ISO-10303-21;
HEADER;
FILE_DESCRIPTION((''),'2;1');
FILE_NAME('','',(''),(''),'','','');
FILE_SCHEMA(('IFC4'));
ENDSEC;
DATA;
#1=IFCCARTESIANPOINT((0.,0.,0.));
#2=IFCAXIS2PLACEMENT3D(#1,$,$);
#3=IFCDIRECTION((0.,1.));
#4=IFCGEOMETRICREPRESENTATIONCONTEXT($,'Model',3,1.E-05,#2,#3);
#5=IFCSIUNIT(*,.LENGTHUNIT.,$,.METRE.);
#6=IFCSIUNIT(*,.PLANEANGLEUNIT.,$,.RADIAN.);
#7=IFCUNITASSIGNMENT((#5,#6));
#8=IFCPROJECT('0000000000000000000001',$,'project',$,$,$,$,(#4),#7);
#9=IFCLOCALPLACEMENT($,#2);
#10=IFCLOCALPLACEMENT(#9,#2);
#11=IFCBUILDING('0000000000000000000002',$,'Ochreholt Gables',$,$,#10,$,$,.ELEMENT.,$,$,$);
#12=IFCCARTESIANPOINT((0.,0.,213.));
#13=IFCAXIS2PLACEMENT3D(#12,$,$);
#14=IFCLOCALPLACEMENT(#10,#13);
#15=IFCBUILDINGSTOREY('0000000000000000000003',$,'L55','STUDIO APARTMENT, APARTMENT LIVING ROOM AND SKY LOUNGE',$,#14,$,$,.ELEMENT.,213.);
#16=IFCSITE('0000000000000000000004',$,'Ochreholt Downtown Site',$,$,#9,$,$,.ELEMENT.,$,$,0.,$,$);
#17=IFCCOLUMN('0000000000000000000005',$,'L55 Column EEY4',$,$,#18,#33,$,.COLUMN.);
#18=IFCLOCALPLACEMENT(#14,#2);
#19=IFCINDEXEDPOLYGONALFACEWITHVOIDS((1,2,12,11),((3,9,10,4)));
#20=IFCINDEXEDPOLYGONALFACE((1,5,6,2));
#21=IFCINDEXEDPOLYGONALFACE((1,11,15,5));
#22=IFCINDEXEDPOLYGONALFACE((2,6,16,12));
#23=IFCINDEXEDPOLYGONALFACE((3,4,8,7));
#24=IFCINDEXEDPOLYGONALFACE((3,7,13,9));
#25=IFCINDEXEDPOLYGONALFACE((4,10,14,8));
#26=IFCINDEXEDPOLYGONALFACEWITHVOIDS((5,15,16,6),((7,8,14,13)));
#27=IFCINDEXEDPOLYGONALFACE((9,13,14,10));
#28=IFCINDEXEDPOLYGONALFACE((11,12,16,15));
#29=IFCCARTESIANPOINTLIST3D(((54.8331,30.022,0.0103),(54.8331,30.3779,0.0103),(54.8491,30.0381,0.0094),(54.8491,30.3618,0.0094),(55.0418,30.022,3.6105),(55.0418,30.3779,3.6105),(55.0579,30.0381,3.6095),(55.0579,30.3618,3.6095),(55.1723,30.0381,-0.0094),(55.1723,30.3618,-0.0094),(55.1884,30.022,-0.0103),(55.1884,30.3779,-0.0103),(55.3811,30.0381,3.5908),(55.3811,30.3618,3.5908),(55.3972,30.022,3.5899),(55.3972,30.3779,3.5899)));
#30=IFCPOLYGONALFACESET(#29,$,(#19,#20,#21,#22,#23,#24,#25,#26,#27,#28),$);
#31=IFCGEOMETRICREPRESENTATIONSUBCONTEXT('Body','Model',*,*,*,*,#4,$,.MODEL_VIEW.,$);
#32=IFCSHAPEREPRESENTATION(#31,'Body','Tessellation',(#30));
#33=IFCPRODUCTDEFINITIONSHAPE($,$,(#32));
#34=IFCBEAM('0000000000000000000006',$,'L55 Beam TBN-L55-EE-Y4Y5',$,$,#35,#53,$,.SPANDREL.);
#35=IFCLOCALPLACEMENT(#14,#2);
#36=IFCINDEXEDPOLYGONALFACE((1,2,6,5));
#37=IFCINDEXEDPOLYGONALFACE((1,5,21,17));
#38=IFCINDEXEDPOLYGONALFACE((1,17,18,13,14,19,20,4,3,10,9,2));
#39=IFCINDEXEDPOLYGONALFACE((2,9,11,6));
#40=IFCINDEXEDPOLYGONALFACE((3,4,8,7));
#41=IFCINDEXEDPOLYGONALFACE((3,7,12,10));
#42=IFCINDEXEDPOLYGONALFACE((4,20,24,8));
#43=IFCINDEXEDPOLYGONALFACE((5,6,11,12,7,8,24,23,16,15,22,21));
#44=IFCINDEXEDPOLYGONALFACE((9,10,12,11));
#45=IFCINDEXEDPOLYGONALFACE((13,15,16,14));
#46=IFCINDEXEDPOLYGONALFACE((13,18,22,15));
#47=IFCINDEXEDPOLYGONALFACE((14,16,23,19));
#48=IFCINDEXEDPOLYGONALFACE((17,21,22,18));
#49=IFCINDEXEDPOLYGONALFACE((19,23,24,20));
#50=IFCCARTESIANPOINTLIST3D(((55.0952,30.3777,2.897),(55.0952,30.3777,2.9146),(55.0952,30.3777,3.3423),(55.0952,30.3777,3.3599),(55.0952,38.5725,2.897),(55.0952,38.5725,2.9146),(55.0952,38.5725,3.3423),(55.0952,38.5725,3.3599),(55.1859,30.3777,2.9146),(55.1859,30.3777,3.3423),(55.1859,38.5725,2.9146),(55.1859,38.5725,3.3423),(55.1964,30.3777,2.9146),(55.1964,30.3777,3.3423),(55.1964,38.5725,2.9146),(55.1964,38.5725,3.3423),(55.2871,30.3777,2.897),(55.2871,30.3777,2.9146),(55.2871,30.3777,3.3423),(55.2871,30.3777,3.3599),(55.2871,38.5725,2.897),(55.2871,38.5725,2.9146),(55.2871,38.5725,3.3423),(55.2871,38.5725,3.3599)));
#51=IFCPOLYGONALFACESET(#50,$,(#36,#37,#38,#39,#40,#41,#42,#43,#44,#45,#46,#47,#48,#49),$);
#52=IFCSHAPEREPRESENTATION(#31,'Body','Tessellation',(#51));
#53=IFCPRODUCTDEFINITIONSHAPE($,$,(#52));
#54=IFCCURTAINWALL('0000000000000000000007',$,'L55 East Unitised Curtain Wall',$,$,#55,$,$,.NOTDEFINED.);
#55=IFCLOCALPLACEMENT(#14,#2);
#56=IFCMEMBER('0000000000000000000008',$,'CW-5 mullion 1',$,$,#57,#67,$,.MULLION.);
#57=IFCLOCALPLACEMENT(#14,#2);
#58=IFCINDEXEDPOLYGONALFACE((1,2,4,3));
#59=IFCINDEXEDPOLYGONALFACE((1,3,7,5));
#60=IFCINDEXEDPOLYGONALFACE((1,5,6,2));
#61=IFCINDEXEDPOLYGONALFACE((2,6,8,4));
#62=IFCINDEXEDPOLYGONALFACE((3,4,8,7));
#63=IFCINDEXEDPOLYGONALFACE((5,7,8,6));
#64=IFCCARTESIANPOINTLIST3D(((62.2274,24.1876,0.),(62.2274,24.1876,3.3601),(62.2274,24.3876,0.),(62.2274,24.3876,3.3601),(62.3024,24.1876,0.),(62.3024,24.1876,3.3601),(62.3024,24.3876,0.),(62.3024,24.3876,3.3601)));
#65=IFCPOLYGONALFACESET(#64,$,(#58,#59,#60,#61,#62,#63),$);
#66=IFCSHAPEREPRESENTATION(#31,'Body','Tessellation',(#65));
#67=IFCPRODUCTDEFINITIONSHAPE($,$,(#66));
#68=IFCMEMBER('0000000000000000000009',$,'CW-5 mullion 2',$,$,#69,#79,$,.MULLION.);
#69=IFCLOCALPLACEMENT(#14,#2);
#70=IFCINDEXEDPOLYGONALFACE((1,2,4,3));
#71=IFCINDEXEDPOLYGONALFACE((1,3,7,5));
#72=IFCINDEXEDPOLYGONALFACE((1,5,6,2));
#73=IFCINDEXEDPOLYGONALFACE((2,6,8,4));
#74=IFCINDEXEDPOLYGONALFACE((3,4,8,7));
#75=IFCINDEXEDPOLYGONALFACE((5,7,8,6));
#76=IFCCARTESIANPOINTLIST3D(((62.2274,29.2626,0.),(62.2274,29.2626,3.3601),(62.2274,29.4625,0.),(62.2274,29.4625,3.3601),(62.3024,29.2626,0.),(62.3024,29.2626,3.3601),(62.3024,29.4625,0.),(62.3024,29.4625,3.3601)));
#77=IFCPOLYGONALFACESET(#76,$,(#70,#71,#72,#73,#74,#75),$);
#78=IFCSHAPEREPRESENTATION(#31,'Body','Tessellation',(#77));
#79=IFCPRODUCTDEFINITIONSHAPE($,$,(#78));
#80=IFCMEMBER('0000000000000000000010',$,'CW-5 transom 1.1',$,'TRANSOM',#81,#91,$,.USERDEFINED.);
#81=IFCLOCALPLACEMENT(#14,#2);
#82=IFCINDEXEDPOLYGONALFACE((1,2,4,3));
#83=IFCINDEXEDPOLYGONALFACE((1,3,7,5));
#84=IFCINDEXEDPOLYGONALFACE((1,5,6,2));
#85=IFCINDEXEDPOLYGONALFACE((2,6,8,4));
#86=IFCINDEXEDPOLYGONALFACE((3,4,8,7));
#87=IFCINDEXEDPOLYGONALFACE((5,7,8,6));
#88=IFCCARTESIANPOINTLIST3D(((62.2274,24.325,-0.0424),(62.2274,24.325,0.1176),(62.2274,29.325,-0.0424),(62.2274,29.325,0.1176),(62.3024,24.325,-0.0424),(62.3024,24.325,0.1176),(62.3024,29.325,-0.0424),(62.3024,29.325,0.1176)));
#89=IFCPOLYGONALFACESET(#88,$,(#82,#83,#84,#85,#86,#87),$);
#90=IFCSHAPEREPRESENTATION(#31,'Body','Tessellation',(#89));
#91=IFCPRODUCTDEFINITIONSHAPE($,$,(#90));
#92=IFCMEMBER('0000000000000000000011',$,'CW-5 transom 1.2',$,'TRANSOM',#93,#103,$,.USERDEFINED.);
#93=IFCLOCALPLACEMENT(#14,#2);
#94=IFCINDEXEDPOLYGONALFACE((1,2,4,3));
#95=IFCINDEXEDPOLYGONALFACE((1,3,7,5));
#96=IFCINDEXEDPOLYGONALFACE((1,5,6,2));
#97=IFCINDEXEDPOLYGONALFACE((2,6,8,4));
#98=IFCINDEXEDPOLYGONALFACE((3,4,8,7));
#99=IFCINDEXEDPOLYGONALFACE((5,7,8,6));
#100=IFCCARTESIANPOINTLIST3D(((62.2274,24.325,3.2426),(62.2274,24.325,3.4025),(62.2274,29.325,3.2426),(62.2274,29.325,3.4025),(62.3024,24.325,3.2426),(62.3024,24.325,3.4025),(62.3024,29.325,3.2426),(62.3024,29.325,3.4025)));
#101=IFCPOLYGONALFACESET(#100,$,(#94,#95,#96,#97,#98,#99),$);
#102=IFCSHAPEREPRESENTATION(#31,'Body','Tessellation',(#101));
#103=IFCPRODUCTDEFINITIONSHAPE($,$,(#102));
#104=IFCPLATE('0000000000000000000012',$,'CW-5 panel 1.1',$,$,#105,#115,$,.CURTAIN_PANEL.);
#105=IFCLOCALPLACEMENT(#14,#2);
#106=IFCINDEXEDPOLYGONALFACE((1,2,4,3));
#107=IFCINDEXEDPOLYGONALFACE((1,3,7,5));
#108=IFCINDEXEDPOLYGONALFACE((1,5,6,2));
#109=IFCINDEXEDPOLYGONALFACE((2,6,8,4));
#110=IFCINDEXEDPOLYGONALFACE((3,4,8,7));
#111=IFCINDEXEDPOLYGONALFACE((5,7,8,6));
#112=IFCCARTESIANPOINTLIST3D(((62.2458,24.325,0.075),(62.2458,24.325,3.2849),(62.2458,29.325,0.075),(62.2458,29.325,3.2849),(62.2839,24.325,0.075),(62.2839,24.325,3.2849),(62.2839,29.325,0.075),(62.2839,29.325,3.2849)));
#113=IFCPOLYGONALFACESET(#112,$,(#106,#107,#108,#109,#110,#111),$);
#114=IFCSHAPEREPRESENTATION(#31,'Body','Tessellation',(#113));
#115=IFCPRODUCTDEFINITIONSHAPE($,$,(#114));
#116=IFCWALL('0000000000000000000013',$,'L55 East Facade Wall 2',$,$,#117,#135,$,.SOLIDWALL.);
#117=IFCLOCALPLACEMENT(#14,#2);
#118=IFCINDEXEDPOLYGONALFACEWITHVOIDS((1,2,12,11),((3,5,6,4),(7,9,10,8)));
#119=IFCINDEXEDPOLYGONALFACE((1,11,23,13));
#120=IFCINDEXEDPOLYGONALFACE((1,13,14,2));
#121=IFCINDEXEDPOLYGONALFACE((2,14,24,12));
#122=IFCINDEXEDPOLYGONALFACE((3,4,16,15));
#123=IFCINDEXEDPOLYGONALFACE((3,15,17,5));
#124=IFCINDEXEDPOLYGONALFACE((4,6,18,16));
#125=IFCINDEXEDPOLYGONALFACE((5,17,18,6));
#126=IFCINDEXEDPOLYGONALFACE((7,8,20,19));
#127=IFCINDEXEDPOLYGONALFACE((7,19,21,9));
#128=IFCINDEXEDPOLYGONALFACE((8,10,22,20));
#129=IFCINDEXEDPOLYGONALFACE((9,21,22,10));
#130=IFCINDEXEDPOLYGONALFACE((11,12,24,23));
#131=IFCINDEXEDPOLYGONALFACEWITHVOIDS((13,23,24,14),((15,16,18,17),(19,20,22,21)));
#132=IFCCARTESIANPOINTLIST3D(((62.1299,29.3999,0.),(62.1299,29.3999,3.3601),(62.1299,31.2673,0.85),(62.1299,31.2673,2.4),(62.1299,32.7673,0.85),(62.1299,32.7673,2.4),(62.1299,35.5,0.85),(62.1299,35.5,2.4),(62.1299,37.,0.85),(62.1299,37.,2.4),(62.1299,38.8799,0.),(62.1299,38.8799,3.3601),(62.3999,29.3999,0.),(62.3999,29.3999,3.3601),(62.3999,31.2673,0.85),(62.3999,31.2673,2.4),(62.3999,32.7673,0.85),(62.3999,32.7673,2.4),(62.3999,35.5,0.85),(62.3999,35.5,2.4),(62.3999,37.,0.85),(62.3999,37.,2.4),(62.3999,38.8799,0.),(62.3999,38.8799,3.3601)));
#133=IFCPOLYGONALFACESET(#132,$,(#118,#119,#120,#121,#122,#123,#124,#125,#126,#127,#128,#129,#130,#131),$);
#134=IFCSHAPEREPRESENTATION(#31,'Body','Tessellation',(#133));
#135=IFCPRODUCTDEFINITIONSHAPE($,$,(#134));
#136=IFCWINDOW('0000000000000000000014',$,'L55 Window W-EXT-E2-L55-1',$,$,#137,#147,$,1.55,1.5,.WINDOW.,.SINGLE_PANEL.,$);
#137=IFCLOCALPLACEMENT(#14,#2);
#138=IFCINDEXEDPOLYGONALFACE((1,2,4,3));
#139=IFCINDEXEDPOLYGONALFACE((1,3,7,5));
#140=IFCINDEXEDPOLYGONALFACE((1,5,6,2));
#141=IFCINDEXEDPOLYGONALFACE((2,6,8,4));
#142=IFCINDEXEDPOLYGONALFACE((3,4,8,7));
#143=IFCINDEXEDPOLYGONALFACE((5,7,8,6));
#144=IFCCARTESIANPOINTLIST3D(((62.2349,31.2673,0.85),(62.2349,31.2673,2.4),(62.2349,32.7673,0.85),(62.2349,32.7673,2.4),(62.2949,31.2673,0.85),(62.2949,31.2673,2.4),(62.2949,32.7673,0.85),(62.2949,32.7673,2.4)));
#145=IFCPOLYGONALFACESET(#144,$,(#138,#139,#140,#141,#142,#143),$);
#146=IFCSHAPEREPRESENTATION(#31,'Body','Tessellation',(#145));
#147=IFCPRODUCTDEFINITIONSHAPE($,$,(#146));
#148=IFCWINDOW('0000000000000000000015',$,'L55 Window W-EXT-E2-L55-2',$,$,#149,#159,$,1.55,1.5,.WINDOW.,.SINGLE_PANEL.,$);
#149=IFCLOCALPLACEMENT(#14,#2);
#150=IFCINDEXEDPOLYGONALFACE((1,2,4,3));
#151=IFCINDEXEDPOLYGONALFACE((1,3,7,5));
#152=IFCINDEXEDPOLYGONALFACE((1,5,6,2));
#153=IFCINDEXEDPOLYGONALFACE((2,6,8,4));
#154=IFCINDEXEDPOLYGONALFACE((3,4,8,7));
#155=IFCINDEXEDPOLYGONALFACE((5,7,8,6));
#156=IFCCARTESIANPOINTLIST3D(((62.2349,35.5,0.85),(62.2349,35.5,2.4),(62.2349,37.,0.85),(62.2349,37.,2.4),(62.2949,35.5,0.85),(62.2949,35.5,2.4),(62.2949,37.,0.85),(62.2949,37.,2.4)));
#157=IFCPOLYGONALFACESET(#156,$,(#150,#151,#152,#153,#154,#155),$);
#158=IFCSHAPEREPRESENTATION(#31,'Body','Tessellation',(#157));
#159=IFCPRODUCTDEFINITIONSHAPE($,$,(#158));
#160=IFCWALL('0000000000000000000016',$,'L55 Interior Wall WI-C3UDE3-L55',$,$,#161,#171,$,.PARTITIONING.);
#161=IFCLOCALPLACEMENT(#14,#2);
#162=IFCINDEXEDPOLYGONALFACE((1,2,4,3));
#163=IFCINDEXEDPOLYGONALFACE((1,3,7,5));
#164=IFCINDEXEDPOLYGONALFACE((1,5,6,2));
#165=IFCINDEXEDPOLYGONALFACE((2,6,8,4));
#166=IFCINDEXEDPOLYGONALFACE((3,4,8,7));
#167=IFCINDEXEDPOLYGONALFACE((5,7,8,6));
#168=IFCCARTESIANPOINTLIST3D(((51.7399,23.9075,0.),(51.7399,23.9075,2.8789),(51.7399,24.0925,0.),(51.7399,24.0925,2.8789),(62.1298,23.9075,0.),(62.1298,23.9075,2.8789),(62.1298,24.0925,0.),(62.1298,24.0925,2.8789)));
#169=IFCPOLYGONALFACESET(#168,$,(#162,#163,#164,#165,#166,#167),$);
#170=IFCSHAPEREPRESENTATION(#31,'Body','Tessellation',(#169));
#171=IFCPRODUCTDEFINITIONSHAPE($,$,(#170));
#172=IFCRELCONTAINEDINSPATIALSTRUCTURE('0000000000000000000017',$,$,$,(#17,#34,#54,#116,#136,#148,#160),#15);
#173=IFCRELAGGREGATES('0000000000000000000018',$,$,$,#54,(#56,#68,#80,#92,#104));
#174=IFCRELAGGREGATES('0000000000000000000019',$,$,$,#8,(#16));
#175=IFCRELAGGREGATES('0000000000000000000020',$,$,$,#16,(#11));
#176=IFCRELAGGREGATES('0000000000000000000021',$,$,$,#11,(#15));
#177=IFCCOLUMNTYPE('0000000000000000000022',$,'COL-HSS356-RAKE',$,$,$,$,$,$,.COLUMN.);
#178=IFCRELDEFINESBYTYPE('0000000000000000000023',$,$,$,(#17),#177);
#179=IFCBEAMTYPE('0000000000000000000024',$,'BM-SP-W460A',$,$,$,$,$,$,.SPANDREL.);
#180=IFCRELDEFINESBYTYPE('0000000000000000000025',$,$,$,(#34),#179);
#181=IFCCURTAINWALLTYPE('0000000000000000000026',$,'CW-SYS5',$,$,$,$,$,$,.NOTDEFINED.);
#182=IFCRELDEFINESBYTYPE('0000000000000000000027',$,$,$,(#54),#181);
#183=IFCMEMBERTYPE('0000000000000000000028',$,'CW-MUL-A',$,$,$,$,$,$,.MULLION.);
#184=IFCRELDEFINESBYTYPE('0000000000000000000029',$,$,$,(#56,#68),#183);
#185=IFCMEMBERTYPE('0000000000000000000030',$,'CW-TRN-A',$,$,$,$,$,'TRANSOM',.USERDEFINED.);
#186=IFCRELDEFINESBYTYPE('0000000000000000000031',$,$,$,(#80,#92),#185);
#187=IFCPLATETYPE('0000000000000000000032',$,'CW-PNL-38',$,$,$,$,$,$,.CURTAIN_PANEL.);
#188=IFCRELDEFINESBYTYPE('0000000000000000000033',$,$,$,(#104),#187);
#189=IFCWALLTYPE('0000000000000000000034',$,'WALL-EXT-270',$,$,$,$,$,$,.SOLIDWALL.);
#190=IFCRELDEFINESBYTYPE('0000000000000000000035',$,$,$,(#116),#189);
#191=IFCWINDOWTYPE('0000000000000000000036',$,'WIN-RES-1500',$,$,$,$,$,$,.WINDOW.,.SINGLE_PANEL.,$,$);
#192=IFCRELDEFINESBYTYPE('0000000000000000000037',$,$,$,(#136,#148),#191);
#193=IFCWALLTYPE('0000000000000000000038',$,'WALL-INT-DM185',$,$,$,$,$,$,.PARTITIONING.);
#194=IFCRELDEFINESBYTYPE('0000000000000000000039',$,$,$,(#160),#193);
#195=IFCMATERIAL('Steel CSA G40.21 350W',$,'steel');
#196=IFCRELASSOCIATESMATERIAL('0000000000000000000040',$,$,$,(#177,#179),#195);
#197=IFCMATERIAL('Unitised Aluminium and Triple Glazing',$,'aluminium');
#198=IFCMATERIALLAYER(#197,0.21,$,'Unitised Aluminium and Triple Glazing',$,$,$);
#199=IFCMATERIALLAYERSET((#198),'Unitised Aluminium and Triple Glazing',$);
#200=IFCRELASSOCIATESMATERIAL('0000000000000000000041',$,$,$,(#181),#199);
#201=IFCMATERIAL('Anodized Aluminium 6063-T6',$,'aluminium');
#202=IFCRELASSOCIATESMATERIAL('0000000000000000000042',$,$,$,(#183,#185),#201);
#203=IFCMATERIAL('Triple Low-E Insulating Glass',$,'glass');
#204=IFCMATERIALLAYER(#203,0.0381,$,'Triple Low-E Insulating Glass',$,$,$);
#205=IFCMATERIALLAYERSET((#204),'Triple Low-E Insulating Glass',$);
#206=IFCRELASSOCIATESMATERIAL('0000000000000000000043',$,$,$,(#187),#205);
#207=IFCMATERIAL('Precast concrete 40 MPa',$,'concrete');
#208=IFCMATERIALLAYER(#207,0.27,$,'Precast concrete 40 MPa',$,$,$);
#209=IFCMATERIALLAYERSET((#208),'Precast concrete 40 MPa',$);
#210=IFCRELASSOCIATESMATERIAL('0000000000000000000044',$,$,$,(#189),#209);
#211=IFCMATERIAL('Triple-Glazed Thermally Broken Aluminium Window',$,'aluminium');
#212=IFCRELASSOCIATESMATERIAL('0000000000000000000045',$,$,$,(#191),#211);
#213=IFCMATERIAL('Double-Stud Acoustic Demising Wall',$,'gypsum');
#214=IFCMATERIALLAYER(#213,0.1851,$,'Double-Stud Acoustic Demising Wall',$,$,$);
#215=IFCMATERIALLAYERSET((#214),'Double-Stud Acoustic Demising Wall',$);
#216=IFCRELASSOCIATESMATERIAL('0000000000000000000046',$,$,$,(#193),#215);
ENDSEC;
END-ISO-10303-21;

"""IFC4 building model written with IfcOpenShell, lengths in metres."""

from ifc_helpers import new_model, si_unit, direction, frame, frame_2d, origin, origin_2d, place, context, subcontext, project, spatial, rectangle, hollow_rectangle, i_section, extrude, material, layer, layer_set, material_profile, profile_set, type_object, element, fill, aggregate, save


model = new_model("IFC4")

# Units and contexts
model_context = context("Model", 3, precision=1e-05, world=origin(), true_north=direction((0.0, 1.0)))
body_context = subcontext(model_context, "Body", "Model", "MODEL_VIEW")
ifc_project = project(units=[si_unit("LENGTHUNIT", "METRE"), si_unit("PLANEANGLEUNIT", "RADIAN")], contexts=[model_context])

# Site, building, storey
site_placement = place(None, origin())
site = spatial("IfcSite", under=ifc_project, at=site_placement, Name="Ochreholt Downtown Site", CompositionType="ELEMENT", RefElevation=0.0)
building_placement = place(site_placement, origin())
building = spatial("IfcBuilding", under=site, at=building_placement, Name="Ochreholt Gables", CompositionType="ELEMENT")
storey_placement = place(building_placement, frame((0.0, 0.0, 213.0)))
storey = spatial("IfcBuildingStorey", under=building, at=storey_placement, Name="L55", Description="STUDIO APARTMENT, APARTMENT LIVING ROOM AND SKY LOUNGE", CompositionType="ELEMENT", Elevation=213.0)

# Column
ifc_material_1 = material(Name="Steel CSA G40.21 350W", Category="steel")
ifc_material_profile_1 = material_profile(ifc_material_1, hollow_rectangle(XDim=0.356, YDim=0.356, WallThickness=0.0161, at=origin_2d()), Name="HSS356X356X16")
ifc_profile_set_1 = profile_set([ifc_material_profile_1], Name="Steel CSA G40.21 350W")
column_type = type_object("IfcColumnType", Name="COL-HSS356-RAKE", PredefinedType="COLUMN", material=ifc_profile_set_1)
column_placement = place(storey_placement, frame((55.0107, 30.2, 0.0), z_axis=(0.057885, 0.0, 0.998323), x_axis=(0.0, 1.0, 0.0)))
element("IfcColumn", 1, at=column_placement, inside=storey, type_object=column_type, Name="L55 Column EEY4", PredefinedType="COLUMN", context=body_context, shape_type="SweptSolid", body=[
    extrude(hollow_rectangle(XDim=0.356, YDim=0.356, WallThickness=0.0161, at=origin_2d()), origin(), (0.0, 0.0, 1.0), 3.6062),
])

# Beam
ifc_material_profile_2 = material_profile(ifc_material_1, i_section(OverallWidth=0.1919, OverallDepth=0.4629, WebThickness=0.0105, FlangeThickness=0.0176, at=origin_2d()), Name="W460X89")
ifc_profile_set_2 = profile_set([ifc_material_profile_2], Name="Steel CSA G40.21 350W")
beam_type = type_object("IfcBeamType", Name="BM-SP-W460A", PredefinedType="SPANDREL", material=ifc_profile_set_2)
beam_placement = place(storey_placement, frame((55.1912, 30.3777, 3.1284), z_axis=(0.0, 1.0, 0.0), x_axis=(-1.0, 0.0, 0.0)))
element("IfcBeam", 2, at=beam_placement, inside=storey, type_object=beam_type, Name="L55 Beam TBN-L55-EE-Y4Y5", PredefinedType="SPANDREL", context=body_context, shape_type="SweptSolid", body=[
    extrude(i_section(OverallWidth=0.1919, OverallDepth=0.4629, WebThickness=0.0105, FlangeThickness=0.0176, at=origin_2d()), origin(), (0.0, 0.0, 1.0), 8.1948),
])

# Curtain wall, members, plate
ifc_material_2 = material(Name="Unitised Aluminium and Triple Glazing", Category="aluminium")
ifc_layer_1 = layer(ifc_material_2, 0.21, Name="Unitised Aluminium and Triple Glazing")
ifc_layer_set_1 = layer_set([ifc_layer_1], Name="Unitised Aluminium and Triple Glazing")
curtain_wall_type = type_object("IfcCurtainWallType", Name="CW-SYS5", PredefinedType="NOTDEFINED", material=ifc_layer_set_1)
curtain_wall_placement = place(storey_placement, origin())
curtain_wall = element("IfcCurtainWall", 3, at=curtain_wall_placement, inside=storey, type_object=curtain_wall_type, Name="L55 East Unitised Curtain Wall", PredefinedType="NOTDEFINED")
ifc_material_3 = material(Name="Anodized Aluminium 6063-T6", Category="aluminium")
ifc_material_profile_3 = material_profile(ifc_material_3, rectangle(XDim=0.075, YDim=0.2, at=origin_2d()), Name="CWM75X200")
ifc_profile_set_3 = profile_set([ifc_material_profile_3], Name="Anodized Aluminium 6063-T6")
member_type_1 = type_object("IfcMemberType", Name="CW-MUL-A", PredefinedType="MULLION", material=ifc_profile_set_3)
member_1_placement = place(storey_placement, frame((62.2649, 24.2876, 0.0), z_axis=(0.0, 0.0, 1.0), x_axis=(-1.0, 0.0, 0.0)))
member_1 = element("IfcMember", 4, at=member_1_placement, type_object=member_type_1, Name="CW-5 mullion 1", PredefinedType="MULLION", context=body_context, shape_type="SweptSolid", body=[
    extrude(rectangle(XDim=0.075, YDim=0.2, at=origin_2d()), origin(), (0.0, 0.0, 1.0), 3.3601),
])
member_2_placement = place(storey_placement, frame((62.2649, 29.3625, 0.0), z_axis=(0.0, 0.0, 1.0), x_axis=(-1.0, 0.0, 0.0)))
member_2 = element("IfcMember", 5, at=member_2_placement, type_object=member_type_1, Name="CW-5 mullion 2", PredefinedType="MULLION", context=body_context, shape_type="SweptSolid", body=[
    extrude(rectangle(XDim=0.075, YDim=0.2, at=origin_2d()), origin(), (0.0, 0.0, 1.0), 3.3601),
])
ifc_material_profile_4 = material_profile(ifc_material_3, rectangle(XDim=0.075, YDim=0.1599, at=origin_2d()), Name="CWT75X160")
ifc_profile_set_4 = profile_set([ifc_material_profile_4], Name="Anodized Aluminium 6063-T6")
member_type_2 = type_object("IfcMemberType", Name="CW-TRN-A", ElementType="TRANSOM", PredefinedType="USERDEFINED", material=ifc_profile_set_4)
member_3_placement = place(storey_placement, frame((62.2649, 24.325, 0.0376), z_axis=(0.0, 1.0, 0.0), x_axis=(-1.0, 0.0, 0.0)))
member_3 = element("IfcMember", 6, at=member_3_placement, type_object=member_type_2, Name="CW-5 transom 1.1", ObjectType="TRANSOM", PredefinedType="USERDEFINED", context=body_context, shape_type="SweptSolid", body=[
    extrude(rectangle(XDim=0.075, YDim=0.1599, at=origin_2d()), origin(), (0.0, 0.0, 1.0), 5.0),
])
member_4_placement = place(storey_placement, frame((62.2649, 24.325, 3.3225), z_axis=(0.0, 1.0, 0.0), x_axis=(-1.0, 0.0, 0.0)))
member_4 = element("IfcMember", 7, at=member_4_placement, type_object=member_type_2, Name="CW-5 transom 1.2", ObjectType="TRANSOM", PredefinedType="USERDEFINED", context=body_context, shape_type="SweptSolid", body=[
    extrude(rectangle(XDim=0.075, YDim=0.1599, at=origin_2d()), origin(), (0.0, 0.0, 1.0), 5.0),
])
ifc_material_4 = material(Name="Triple Low-E Insulating Glass", Category="glass")
ifc_layer_2 = layer(ifc_material_4, 0.0381, Name="Triple Low-E Insulating Glass")
ifc_layer_set_2 = layer_set([ifc_layer_2], Name="Triple Low-E Insulating Glass")
plate_type = type_object("IfcPlateType", Name="CW-PNL-38", PredefinedType="CURTAIN_PANEL", material=ifc_layer_set_2)
plate_placement = place(storey_placement, frame((62.2649, 26.825, 0.075), z_axis=(0.0, 0.0, 1.0), x_axis=(0.0, 1.0, 0.0)))
plate = element("IfcPlate", 8, at=plate_placement, type_object=plate_type, Name="CW-5 panel 1.1", PredefinedType="CURTAIN_PANEL", context=body_context, shape_type="SweptSolid", body=[
    extrude(rectangle(XDim=5.0, YDim=0.0381, at=origin_2d()), origin(), (0.0, 0.0, 1.0), 3.21),
])
aggregate(curtain_wall, [member_1, member_2, member_3, member_4, plate])

# Wall, openings, windows
ifc_material_5 = material(Name="Precast concrete 40 MPa", Category="concrete")
ifc_layer_3 = layer(ifc_material_5, 0.27, Name="Precast concrete 40 MPa")
ifc_layer_set_3 = layer_set([ifc_layer_3], Name="Precast concrete 40 MPa")
wall_type_1 = type_object("IfcWallType", Name="WALL-EXT-270", PredefinedType="SOLIDWALL", material=ifc_layer_set_3)
wall_1_placement = place(storey_placement, frame((62.2649, 29.3999, 0.0), z_axis=(0.0, 0.0, 1.0), x_axis=(0.0, 1.0, 0.0)))
wall_1 = element("IfcWall", 9, at=wall_1_placement, inside=storey, type_object=wall_type_1, Name="L55 East Facade Wall 2", PredefinedType="SOLIDWALL", context=body_context, shape_type="SweptSolid", body=[
    extrude(rectangle(XDim=9.48, YDim=0.27, at=frame_2d((4.74, 0.0))), origin(), (0.0, 0.0, 1.0), 3.3601),
])
opening_1_placement = place(wall_1_placement, frame((1.8674, 0.0, 0.8501)))
opening_1 = element("IfcOpeningElement", 10, at=opening_1_placement, cuts=wall_1, PredefinedType="OPENING", context=body_context, shape_type="SweptSolid", body=[
    extrude(rectangle(XDim=1.5, YDim=1.55, at=frame_2d((0.75, 0.7749))), frame((0.0, 0.145, 0.0), z_axis=(0.0, -1.0, 0.0), x_axis=(1.0, 0.0, 0.0)), (0.0, 0.0, 1.0), 0.29),
])
opening_2_placement = place(wall_1_placement, frame((6.1001, 0.0, 0.8501)))
opening_2 = element("IfcOpeningElement", 11, at=opening_2_placement, cuts=wall_1, PredefinedType="OPENING", context=body_context, shape_type="SweptSolid", body=[
    extrude(rectangle(XDim=1.5, YDim=1.55, at=frame_2d((0.75, 0.7749))), frame((0.0, 0.145, 0.0), z_axis=(0.0, -1.0, 0.0), x_axis=(1.0, 0.0, 0.0)), (0.0, 0.0, 1.0), 0.29),
])
ifc_material_6 = material(Name="Triple-Glazed Thermally Broken Aluminium Window", Category="aluminium")
window_type = type_object("IfcWindowType", Name="WIN-RES-1500", PartitioningType="SINGLE_PANEL", PredefinedType="WINDOW", material=ifc_material_6)
window_1_placement = place(opening_1_placement, origin())
window_1 = element("IfcWindow", 12, at=window_1_placement, inside=storey, type_object=window_type, Name="L55 Window W-EXT-E2-L55-1", OverallHeight=1.55, OverallWidth=1.5, PartitioningType="SINGLE_PANEL", PredefinedType="WINDOW", context=body_context, shape_type="SweptSolid", body=[
    extrude(rectangle(XDim=1.5, YDim=1.55, at=frame_2d((0.75, 0.7749))), frame((0.0, 0.03, 0.0), z_axis=(0.0, -1.0, 0.0), x_axis=(1.0, 0.0, 0.0)), (0.0, 0.0, 1.0), 0.0601),
])
fill(opening_1, window_1)
window_2_placement = place(opening_2_placement, origin())
window_2 = element("IfcWindow", 13, at=window_2_placement, inside=storey, type_object=window_type, Name="L55 Window W-EXT-E2-L55-2", OverallHeight=1.55, OverallWidth=1.5, PartitioningType="SINGLE_PANEL", PredefinedType="WINDOW", context=body_context, shape_type="SweptSolid", body=[
    extrude(rectangle(XDim=1.5, YDim=1.55, at=frame_2d((0.75, 0.7749))), frame((0.0, 0.03, 0.0), z_axis=(0.0, -1.0, 0.0), x_axis=(1.0, 0.0, 0.0)), (0.0, 0.0, 1.0), 0.0601),
])
fill(opening_2, window_2)

# Wall
ifc_material_7 = material(Name="Double-Stud Acoustic Demising Wall", Category="gypsum")
ifc_layer_4 = layer(ifc_material_7, 0.1851, Name="Double-Stud Acoustic Demising Wall")
ifc_layer_set_4 = layer_set([ifc_layer_4], Name="Double-Stud Acoustic Demising Wall")
wall_type_2 = type_object("IfcWallType", Name="WALL-INT-DM185", PredefinedType="PARTITIONING", material=ifc_layer_set_4)
wall_2_placement = place(storey_placement, frame((51.74, 24.0, 0.0), z_axis=(0.0, 0.0, 1.0), x_axis=(1.0, 0.0, 0.0)))
element("IfcWall", 14, at=wall_2_placement, inside=storey, type_object=wall_type_2, Name="L55 Interior Wall WI-C3UDE3-L55", PredefinedType="PARTITIONING", context=body_context, shape_type="SweptSolid", body=[
    extrude(rectangle(XDim=10.3899, YDim=0.1851, at=frame_2d((5.1948, 0.0))), origin(), (0.0, 0.0, 1.0), 2.8789),
])

save(model, "model.ifc")
